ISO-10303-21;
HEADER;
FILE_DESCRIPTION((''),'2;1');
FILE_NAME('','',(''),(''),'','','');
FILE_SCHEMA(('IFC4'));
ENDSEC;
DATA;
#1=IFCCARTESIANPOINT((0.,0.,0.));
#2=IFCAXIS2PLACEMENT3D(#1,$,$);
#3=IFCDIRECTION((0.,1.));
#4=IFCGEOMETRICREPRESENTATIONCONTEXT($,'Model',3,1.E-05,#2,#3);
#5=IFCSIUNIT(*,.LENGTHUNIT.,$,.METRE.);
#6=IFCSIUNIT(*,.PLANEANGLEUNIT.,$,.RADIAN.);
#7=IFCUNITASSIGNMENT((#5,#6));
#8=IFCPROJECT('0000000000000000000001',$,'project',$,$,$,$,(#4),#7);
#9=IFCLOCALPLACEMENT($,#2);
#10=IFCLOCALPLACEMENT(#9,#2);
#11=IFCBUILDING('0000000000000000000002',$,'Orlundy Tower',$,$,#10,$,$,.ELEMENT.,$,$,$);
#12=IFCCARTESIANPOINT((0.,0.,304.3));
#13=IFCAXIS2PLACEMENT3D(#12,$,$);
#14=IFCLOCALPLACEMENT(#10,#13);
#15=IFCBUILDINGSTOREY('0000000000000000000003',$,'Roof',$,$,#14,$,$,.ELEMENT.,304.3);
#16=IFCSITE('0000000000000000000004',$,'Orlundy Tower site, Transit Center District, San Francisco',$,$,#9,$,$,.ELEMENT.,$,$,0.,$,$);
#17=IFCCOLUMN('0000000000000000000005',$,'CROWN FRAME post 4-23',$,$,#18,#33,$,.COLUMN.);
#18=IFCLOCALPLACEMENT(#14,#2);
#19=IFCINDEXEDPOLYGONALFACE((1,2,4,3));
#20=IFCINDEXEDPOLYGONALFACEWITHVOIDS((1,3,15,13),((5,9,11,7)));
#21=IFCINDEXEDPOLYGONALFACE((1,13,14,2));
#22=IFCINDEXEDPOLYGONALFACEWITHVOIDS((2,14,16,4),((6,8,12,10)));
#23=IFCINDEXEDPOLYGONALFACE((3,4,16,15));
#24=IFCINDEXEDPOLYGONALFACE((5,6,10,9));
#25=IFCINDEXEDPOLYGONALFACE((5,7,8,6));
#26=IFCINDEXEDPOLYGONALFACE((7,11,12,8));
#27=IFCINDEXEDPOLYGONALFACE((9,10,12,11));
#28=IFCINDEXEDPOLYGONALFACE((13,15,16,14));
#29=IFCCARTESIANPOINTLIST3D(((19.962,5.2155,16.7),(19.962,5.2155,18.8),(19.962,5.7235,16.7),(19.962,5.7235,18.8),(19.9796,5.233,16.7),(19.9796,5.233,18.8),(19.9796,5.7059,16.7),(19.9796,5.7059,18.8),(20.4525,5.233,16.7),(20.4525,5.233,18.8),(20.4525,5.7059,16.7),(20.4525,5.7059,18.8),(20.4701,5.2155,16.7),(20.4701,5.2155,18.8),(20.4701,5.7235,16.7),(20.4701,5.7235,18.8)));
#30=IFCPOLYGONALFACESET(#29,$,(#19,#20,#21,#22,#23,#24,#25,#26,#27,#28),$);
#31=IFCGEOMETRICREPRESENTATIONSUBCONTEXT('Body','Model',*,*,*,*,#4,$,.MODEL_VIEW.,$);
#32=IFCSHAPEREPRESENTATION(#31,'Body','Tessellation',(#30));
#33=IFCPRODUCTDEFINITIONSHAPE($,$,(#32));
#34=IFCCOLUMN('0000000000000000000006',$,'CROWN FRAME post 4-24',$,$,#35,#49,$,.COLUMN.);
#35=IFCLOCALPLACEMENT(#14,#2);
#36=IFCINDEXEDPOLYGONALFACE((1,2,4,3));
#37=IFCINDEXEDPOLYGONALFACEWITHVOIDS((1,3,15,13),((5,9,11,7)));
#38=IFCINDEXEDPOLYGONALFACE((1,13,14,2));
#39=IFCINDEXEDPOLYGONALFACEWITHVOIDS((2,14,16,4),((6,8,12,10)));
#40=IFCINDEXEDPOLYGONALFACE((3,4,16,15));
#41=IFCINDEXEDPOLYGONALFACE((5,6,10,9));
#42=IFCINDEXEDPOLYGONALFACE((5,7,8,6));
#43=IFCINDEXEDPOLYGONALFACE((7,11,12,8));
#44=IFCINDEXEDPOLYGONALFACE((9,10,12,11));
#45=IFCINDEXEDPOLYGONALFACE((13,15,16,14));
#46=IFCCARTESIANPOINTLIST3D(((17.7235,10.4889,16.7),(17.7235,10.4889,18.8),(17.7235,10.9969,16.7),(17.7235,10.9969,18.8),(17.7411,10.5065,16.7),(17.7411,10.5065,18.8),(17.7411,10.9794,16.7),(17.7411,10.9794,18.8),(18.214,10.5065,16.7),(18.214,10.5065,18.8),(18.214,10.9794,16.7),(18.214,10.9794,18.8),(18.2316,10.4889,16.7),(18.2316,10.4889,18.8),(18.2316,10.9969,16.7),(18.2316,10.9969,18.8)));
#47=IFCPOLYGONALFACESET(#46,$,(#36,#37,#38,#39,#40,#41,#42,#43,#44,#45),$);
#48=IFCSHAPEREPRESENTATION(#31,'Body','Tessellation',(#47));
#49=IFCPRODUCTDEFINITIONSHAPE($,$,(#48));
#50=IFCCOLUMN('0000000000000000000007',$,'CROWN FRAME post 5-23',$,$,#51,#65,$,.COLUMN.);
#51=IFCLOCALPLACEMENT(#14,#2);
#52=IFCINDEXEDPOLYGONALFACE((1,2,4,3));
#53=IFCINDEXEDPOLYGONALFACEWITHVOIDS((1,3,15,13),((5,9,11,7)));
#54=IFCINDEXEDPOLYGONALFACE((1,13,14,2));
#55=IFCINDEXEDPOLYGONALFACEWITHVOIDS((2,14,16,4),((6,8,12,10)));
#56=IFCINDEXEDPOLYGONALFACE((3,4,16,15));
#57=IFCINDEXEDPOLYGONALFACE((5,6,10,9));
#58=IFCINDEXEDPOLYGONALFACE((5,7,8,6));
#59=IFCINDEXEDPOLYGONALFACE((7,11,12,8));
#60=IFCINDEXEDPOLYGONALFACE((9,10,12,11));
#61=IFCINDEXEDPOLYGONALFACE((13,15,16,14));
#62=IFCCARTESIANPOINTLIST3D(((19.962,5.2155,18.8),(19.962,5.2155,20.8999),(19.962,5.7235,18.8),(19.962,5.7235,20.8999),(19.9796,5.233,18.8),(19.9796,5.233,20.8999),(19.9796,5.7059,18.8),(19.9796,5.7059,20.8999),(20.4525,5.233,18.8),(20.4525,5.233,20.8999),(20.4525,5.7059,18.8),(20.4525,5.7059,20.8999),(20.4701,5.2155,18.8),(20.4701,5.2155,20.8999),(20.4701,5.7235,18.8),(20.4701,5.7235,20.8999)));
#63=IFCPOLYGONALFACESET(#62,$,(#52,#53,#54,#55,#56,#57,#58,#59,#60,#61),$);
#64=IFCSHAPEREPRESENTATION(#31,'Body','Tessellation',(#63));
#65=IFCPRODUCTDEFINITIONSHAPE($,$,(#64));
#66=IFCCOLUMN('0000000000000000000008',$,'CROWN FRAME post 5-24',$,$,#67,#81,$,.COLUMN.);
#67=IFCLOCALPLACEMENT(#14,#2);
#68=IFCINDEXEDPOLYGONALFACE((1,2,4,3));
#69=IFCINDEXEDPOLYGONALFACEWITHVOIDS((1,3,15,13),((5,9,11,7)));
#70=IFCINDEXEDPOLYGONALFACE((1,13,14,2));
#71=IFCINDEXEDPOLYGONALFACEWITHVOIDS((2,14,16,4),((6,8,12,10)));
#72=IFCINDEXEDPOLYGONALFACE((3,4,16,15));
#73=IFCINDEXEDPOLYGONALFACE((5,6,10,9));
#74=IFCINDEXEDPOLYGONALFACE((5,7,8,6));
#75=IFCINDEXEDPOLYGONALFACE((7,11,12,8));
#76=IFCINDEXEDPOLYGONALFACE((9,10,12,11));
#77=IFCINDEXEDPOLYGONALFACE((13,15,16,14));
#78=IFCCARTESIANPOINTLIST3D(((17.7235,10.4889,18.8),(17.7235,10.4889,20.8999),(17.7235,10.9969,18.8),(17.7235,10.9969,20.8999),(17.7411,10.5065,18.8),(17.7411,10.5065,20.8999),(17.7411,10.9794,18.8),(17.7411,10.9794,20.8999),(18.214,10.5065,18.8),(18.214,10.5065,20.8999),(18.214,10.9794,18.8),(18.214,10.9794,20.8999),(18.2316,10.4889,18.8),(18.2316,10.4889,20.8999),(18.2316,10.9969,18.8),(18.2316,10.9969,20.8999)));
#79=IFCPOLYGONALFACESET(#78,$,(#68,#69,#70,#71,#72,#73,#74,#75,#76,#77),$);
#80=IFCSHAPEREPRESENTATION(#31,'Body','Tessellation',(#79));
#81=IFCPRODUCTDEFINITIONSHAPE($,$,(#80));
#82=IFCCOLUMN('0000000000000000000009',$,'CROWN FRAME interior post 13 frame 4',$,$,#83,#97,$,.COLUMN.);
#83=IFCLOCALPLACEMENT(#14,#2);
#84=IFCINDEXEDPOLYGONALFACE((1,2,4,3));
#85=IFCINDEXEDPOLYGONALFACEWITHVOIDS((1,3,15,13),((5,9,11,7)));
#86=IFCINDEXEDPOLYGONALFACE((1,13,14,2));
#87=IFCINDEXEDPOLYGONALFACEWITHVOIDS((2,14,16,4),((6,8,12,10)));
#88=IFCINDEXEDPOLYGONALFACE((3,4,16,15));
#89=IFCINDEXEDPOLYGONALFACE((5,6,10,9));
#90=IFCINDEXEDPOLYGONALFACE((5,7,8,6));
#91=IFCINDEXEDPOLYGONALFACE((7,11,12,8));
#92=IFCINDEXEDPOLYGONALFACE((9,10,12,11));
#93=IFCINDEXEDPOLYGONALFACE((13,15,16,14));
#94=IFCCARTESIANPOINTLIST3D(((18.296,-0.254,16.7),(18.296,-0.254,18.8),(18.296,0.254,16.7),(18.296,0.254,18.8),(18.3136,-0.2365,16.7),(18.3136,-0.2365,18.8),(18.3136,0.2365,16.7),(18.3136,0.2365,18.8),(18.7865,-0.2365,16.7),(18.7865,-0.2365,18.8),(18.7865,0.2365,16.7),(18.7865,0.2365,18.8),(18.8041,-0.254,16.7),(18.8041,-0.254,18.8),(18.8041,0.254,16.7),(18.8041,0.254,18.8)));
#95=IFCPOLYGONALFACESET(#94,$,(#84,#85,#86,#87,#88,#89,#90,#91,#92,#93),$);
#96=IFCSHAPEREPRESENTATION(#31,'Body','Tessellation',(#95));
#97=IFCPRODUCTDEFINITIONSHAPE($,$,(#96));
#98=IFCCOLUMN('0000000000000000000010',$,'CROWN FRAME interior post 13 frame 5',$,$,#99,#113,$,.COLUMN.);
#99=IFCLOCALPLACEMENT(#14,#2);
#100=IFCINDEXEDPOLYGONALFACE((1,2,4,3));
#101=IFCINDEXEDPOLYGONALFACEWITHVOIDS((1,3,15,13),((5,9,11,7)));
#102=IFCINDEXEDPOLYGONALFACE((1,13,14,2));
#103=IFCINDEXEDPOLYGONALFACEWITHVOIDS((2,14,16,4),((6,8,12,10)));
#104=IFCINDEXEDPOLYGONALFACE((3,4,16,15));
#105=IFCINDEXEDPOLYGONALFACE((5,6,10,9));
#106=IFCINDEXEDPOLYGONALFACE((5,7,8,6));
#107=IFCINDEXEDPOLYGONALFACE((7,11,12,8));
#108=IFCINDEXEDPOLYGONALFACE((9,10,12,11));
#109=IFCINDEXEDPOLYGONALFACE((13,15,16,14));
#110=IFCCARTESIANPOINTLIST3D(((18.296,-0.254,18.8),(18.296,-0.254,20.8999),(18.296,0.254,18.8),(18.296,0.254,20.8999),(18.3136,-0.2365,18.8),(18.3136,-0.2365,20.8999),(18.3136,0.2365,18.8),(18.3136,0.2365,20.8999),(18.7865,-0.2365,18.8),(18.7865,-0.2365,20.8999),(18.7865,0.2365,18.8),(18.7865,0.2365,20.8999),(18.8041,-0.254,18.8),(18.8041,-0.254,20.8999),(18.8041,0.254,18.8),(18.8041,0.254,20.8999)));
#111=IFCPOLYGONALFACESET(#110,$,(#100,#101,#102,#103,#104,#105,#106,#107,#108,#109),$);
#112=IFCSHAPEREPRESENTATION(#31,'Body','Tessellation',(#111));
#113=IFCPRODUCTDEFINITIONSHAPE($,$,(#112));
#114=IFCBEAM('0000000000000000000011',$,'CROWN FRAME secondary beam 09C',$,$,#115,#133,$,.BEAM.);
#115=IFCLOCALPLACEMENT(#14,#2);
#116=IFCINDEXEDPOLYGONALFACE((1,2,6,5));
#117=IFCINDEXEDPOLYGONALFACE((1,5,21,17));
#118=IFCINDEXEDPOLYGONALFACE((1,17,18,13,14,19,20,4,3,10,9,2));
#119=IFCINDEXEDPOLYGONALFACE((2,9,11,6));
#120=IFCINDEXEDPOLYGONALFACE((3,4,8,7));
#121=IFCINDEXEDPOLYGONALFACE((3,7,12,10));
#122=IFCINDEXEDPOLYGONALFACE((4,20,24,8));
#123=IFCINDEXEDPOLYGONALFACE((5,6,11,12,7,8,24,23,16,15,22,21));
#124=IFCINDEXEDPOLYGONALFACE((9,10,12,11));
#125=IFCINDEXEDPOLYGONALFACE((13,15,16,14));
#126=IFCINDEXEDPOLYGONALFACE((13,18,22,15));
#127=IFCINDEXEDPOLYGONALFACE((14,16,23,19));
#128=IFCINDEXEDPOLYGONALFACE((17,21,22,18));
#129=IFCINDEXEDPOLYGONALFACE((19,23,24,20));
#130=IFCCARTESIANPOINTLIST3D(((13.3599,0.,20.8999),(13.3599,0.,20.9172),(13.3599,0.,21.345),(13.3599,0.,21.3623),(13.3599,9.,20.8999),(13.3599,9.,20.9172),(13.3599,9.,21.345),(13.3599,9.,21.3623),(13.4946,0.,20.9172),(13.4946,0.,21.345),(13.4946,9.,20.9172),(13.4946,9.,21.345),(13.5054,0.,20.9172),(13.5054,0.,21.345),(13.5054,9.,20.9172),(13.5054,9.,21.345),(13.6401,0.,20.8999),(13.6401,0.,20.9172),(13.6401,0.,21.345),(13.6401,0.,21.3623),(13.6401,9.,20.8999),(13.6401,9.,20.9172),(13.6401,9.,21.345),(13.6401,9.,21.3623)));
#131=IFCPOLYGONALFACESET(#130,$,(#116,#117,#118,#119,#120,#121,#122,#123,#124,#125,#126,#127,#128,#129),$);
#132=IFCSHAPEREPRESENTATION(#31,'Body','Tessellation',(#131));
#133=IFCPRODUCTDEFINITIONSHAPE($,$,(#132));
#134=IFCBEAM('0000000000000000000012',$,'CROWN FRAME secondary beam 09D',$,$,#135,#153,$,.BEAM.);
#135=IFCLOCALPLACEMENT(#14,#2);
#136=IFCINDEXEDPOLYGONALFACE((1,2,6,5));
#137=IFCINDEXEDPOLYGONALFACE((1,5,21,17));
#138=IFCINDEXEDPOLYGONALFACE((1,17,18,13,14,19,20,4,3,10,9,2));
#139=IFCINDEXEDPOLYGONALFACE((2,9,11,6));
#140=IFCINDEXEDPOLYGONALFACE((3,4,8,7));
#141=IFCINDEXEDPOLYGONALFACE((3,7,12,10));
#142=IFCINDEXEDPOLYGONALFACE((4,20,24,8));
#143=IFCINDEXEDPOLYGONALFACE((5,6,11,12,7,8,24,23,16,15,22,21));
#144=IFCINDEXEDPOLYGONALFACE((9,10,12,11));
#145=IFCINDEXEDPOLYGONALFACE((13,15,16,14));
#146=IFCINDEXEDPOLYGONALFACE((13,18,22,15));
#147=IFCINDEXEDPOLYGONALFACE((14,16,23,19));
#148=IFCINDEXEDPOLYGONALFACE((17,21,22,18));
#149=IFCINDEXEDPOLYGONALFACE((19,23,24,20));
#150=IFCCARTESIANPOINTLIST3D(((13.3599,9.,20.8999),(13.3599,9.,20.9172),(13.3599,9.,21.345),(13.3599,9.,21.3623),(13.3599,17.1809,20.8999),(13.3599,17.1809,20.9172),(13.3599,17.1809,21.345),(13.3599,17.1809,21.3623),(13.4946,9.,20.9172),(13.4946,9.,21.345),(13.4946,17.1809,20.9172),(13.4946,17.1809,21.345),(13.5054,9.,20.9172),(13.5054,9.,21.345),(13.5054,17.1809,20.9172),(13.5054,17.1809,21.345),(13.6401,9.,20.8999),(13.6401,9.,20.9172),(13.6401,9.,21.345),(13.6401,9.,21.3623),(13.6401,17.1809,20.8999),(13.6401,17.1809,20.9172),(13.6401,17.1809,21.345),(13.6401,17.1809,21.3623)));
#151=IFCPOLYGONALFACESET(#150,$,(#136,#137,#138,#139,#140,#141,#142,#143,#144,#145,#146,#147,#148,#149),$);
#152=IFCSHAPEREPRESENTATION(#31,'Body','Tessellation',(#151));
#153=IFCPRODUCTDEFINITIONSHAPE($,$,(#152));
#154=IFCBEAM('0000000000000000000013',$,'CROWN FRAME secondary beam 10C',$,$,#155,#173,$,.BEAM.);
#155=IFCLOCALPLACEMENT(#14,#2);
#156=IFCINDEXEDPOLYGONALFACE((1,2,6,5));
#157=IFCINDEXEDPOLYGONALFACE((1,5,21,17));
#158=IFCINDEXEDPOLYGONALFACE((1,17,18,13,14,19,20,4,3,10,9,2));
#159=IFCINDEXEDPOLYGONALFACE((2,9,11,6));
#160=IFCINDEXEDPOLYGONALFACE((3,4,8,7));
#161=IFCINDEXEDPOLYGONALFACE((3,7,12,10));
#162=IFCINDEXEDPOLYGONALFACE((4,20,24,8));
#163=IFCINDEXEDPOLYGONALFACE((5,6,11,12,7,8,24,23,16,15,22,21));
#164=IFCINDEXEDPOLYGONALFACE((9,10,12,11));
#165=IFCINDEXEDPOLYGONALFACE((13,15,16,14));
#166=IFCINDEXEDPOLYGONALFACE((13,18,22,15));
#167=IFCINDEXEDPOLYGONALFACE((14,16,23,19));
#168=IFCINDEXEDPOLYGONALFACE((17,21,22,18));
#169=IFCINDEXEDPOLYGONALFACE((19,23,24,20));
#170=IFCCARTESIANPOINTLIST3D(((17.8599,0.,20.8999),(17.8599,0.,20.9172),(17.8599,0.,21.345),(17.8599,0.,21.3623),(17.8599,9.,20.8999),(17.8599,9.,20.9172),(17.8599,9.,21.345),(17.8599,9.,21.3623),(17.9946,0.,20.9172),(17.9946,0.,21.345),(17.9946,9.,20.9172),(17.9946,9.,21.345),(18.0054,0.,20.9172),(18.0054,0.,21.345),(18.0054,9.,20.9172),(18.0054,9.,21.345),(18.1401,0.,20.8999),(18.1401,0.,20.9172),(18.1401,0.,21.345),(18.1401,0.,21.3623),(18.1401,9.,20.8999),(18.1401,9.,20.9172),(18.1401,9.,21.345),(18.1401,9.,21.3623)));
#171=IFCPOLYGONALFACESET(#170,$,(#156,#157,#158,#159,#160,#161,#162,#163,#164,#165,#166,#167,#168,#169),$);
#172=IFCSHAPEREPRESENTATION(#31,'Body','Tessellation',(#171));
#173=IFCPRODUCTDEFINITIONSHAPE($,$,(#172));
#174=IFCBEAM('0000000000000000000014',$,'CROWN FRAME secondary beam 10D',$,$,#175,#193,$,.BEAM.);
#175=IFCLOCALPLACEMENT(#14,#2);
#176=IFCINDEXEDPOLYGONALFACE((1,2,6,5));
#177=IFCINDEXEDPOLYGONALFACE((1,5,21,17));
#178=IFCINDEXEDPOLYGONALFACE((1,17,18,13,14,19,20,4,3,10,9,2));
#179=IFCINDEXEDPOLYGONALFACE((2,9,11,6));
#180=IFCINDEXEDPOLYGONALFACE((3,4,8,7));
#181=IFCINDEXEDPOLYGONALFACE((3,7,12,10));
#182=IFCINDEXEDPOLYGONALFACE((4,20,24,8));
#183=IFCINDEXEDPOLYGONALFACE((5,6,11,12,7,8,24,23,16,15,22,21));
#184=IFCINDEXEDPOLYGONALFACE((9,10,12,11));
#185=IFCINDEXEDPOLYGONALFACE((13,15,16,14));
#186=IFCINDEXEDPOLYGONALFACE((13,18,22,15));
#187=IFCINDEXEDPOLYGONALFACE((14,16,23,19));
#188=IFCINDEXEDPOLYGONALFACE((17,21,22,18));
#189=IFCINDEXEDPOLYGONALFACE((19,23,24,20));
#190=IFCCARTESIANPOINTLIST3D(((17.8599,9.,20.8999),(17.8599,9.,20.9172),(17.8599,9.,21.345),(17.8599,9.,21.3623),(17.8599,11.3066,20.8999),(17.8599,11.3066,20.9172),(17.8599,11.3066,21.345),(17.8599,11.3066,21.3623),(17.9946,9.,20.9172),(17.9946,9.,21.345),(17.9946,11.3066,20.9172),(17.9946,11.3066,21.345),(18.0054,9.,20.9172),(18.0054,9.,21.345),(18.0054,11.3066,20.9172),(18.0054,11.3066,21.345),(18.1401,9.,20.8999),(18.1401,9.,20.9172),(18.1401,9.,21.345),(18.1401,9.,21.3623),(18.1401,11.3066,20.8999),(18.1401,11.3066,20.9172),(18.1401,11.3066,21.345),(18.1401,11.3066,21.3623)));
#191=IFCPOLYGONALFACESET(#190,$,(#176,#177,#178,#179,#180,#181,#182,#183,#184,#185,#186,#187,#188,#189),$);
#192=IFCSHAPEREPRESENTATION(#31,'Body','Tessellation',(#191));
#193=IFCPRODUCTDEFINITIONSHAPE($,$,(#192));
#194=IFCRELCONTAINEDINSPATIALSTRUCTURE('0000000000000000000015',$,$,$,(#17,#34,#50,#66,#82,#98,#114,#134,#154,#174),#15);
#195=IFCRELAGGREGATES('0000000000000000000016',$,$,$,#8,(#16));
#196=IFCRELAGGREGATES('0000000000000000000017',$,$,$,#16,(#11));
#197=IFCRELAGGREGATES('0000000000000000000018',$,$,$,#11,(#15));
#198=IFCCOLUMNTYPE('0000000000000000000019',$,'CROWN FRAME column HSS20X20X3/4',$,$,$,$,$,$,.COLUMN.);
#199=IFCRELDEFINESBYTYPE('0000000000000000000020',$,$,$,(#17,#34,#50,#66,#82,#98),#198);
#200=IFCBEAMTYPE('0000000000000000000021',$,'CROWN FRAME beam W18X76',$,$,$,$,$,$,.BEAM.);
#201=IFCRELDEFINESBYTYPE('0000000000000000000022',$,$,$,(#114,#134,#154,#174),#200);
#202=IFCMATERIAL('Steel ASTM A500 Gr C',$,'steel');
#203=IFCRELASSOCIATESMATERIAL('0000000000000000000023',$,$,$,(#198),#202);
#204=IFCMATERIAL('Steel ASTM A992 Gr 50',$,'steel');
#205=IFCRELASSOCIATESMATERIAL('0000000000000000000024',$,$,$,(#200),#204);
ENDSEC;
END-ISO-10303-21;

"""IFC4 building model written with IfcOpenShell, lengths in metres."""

from ifc_helpers import new_model, si_unit, direction, frame, origin, origin_2d, place, context, subcontext, project, spatial, hollow_rectangle, i_section, extrude, material, material_profile, profile_set, type_object, element, save


model = new_model("IFC4")

# Units and contexts
model_context = context("Model", 3, precision=1e-05, world=origin(), true_north=direction((0.0, 1.0)))
body_context = subcontext(model_context, "Body", "Model", "MODEL_VIEW")
ifc_project = project(units=[si_unit("LENGTHUNIT", "METRE"), si_unit("PLANEANGLEUNIT", "RADIAN")], contexts=[model_context])

# Site, building, storey
site_placement = place(None, origin())
site = spatial("IfcSite", under=ifc_project, at=site_placement, Name="Orlundy Tower site, Transit Center District, San Francisco", CompositionType="ELEMENT", RefElevation=0.0)
building_placement = place(site_placement, origin())
building = spatial("IfcBuilding", under=site, at=building_placement, Name="Orlundy Tower", CompositionType="ELEMENT")
storey_placement = place(building_placement, frame((0.0, 0.0, 304.3)))
storey = spatial("IfcBuildingStorey", under=building, at=storey_placement, Name="Roof", CompositionType="ELEMENT", Elevation=304.3)

# Columns
ifc_material_1 = material(Name="Steel ASTM A500 Gr C", Category="steel")
ifc_material_profile_1 = material_profile(ifc_material_1, hollow_rectangle(XDim=0.5081, YDim=0.5081, WallThickness=0.0176, at=origin_2d()), Name="HSS20X20X3/4")
ifc_profile_set_1 = profile_set([ifc_material_profile_1], Name="Steel ASTM A500 Gr C")
column_type = type_object("IfcColumnType", Name="CROWN FRAME column HSS20X20X3/4", PredefinedType="COLUMN", material=ifc_profile_set_1)
for number, where, z_axis, x_axis, name in (
    (1, (20.2161, 5.4695, 16.7), (0.0, 0.0, 1.0), (1.0, 0.0, 0.0), "CROWN FRAME post 4-23"),
    (2, (17.9775, 10.7429, 16.7), (0.0, 0.0, 1.0), (1.0, 0.0, 0.0), "CROWN FRAME post 4-24"),
):
    element("IfcColumn", number, at=place(storey_placement, frame(where, z_axis=z_axis, x_axis=x_axis)), inside=storey, type_object=column_type, Name=name, PredefinedType="COLUMN", context=body_context, shape_type="SweptSolid", body=[
        extrude(hollow_rectangle(XDim=0.5081, YDim=0.5081, WallThickness=0.0176, at=origin_2d()), origin(), (0.0, 0.0, 1.0), 2.1001),
    ])
for number, where, z_axis, x_axis, name in (
    (3, (20.2161, 5.4695, 18.8), (0.0, 0.0, 1.0), (1.0, 0.0, 0.0), "CROWN FRAME post 5-23"),
    (4, (17.9775, 10.7429, 18.8), (0.0, 0.0, 1.0), (1.0, 0.0, 0.0), "CROWN FRAME post 5-24"),
):
    element("IfcColumn", number, at=place(storey_placement, frame(where, z_axis=z_axis, x_axis=x_axis)), inside=storey, type_object=column_type, Name=name, PredefinedType="COLUMN", context=body_context, shape_type="SweptSolid", body=[
        extrude(hollow_rectangle(XDim=0.5081, YDim=0.5081, WallThickness=0.0176, at=origin_2d()), origin(), (0.0, 0.0, 1.0), 2.0999),
    ])
column_1_placement = place(storey_placement, frame((18.55, 0.0, 16.7), z_axis=(0.0, 0.0, 1.0), x_axis=(1.0, 0.0, 0.0)))
element("IfcColumn", 5, at=column_1_placement, inside=storey, type_object=column_type, Name="CROWN FRAME interior post 13 frame 4", PredefinedType="COLUMN", context=body_context, shape_type="SweptSolid", body=[
    extrude(hollow_rectangle(XDim=0.5081, YDim=0.5081, WallThickness=0.0176, at=origin_2d()), origin(), (0.0, 0.0, 1.0), 2.1001),
])
column_2_placement = place(storey_placement, frame((18.55, 0.0, 18.8), z_axis=(0.0, 0.0, 1.0), x_axis=(1.0, 0.0, 0.0)))
element("IfcColumn", 6, at=column_2_placement, inside=storey, type_object=column_type, Name="CROWN FRAME interior post 13 frame 5", PredefinedType="COLUMN", context=body_context, shape_type="SweptSolid", body=[
    extrude(hollow_rectangle(XDim=0.5081, YDim=0.5081, WallThickness=0.0176, at=origin_2d()), origin(), (0.0, 0.0, 1.0), 2.0999),
])

# Beams
ifc_material_2 = material(Name="Steel ASTM A992 Gr 50", Category="steel")
ifc_material_profile_2 = material_profile(ifc_material_2, i_section(OverallWidth=0.2803, OverallDepth=0.4624, WebThickness=0.0107, FlangeThickness=0.0173, at=origin_2d()), Name="W18X76")
ifc_profile_set_2 = profile_set([ifc_material_profile_2], Name="Steel ASTM A992 Gr 50")
beam_type_1 = type_object("IfcBeamType", Name="CROWN FRAME beam W18X76", PredefinedType="BEAM", material=ifc_profile_set_2)
beam_1_placement = place(storey_placement, frame((13.5, 0.0, 21.1311), z_axis=(0.0, 1.0, 0.0), x_axis=(-1.0, 0.0, 0.0)))
element("IfcBeam", 7, at=beam_1_placement, inside=storey, type_object=beam_type_1, Name="CROWN FRAME secondary beam 09C", PredefinedType="BEAM", context=body_context, shape_type="SweptSolid", body=[
    extrude(i_section(OverallWidth=0.2803, OverallDepth=0.4624, WebThickness=0.0107, FlangeThickness=0.0173, at=origin_2d()), origin(), (0.0, 0.0, 1.0), 9.0),
])
beam_2_placement = place(storey_placement, frame((13.5, 9.0, 21.1311), z_axis=(0.0, 1.0, 0.0), x_axis=(-1.0, 0.0, 0.0)))
element("IfcBeam", 8, at=beam_2_placement, inside=storey, type_object=beam_type_1, Name="CROWN FRAME secondary beam 09D", PredefinedType="BEAM", context=body_context, shape_type="SweptSolid", body=[
    extrude(i_section(OverallWidth=0.2803, OverallDepth=0.4624, WebThickness=0.0107, FlangeThickness=0.0173, at=origin_2d()), origin(), (0.0, 0.0, 1.0), 8.1809),
])
beam_3_placement = place(storey_placement, frame((18.0, 0.0, 21.1311), z_axis=(0.0, 1.0, 0.0), x_axis=(-1.0, 0.0, 0.0)))
element("IfcBeam", 9, at=beam_3_placement, inside=storey, type_object=beam_type_1, Name="CROWN FRAME secondary beam 10C", PredefinedType="BEAM", context=body_context, shape_type="SweptSolid", body=[
    extrude(i_section(OverallWidth=0.2803, OverallDepth=0.4624, WebThickness=0.0107, FlangeThickness=0.0173, at=origin_2d()), origin(), (0.0, 0.0, 1.0), 9.0),
])
beam_4_placement = place(storey_placement, frame((18.0, 9.0, 21.1311), z_axis=(0.0, 1.0, 0.0), x_axis=(-1.0, 0.0, 0.0)))
element("IfcBeam", 10, at=beam_4_placement, inside=storey, type_object=beam_type_1, Name="CROWN FRAME secondary beam 10D", PredefinedType="BEAM", context=body_context, shape_type="SweptSolid", body=[
    extrude(i_section(OverallWidth=0.2803, OverallDepth=0.4624, WebThickness=0.0107, FlangeThickness=0.0173, at=origin_2d()), origin(), (0.0, 0.0, 1.0), 2.3066),
])

save(model, "model.ifc")
